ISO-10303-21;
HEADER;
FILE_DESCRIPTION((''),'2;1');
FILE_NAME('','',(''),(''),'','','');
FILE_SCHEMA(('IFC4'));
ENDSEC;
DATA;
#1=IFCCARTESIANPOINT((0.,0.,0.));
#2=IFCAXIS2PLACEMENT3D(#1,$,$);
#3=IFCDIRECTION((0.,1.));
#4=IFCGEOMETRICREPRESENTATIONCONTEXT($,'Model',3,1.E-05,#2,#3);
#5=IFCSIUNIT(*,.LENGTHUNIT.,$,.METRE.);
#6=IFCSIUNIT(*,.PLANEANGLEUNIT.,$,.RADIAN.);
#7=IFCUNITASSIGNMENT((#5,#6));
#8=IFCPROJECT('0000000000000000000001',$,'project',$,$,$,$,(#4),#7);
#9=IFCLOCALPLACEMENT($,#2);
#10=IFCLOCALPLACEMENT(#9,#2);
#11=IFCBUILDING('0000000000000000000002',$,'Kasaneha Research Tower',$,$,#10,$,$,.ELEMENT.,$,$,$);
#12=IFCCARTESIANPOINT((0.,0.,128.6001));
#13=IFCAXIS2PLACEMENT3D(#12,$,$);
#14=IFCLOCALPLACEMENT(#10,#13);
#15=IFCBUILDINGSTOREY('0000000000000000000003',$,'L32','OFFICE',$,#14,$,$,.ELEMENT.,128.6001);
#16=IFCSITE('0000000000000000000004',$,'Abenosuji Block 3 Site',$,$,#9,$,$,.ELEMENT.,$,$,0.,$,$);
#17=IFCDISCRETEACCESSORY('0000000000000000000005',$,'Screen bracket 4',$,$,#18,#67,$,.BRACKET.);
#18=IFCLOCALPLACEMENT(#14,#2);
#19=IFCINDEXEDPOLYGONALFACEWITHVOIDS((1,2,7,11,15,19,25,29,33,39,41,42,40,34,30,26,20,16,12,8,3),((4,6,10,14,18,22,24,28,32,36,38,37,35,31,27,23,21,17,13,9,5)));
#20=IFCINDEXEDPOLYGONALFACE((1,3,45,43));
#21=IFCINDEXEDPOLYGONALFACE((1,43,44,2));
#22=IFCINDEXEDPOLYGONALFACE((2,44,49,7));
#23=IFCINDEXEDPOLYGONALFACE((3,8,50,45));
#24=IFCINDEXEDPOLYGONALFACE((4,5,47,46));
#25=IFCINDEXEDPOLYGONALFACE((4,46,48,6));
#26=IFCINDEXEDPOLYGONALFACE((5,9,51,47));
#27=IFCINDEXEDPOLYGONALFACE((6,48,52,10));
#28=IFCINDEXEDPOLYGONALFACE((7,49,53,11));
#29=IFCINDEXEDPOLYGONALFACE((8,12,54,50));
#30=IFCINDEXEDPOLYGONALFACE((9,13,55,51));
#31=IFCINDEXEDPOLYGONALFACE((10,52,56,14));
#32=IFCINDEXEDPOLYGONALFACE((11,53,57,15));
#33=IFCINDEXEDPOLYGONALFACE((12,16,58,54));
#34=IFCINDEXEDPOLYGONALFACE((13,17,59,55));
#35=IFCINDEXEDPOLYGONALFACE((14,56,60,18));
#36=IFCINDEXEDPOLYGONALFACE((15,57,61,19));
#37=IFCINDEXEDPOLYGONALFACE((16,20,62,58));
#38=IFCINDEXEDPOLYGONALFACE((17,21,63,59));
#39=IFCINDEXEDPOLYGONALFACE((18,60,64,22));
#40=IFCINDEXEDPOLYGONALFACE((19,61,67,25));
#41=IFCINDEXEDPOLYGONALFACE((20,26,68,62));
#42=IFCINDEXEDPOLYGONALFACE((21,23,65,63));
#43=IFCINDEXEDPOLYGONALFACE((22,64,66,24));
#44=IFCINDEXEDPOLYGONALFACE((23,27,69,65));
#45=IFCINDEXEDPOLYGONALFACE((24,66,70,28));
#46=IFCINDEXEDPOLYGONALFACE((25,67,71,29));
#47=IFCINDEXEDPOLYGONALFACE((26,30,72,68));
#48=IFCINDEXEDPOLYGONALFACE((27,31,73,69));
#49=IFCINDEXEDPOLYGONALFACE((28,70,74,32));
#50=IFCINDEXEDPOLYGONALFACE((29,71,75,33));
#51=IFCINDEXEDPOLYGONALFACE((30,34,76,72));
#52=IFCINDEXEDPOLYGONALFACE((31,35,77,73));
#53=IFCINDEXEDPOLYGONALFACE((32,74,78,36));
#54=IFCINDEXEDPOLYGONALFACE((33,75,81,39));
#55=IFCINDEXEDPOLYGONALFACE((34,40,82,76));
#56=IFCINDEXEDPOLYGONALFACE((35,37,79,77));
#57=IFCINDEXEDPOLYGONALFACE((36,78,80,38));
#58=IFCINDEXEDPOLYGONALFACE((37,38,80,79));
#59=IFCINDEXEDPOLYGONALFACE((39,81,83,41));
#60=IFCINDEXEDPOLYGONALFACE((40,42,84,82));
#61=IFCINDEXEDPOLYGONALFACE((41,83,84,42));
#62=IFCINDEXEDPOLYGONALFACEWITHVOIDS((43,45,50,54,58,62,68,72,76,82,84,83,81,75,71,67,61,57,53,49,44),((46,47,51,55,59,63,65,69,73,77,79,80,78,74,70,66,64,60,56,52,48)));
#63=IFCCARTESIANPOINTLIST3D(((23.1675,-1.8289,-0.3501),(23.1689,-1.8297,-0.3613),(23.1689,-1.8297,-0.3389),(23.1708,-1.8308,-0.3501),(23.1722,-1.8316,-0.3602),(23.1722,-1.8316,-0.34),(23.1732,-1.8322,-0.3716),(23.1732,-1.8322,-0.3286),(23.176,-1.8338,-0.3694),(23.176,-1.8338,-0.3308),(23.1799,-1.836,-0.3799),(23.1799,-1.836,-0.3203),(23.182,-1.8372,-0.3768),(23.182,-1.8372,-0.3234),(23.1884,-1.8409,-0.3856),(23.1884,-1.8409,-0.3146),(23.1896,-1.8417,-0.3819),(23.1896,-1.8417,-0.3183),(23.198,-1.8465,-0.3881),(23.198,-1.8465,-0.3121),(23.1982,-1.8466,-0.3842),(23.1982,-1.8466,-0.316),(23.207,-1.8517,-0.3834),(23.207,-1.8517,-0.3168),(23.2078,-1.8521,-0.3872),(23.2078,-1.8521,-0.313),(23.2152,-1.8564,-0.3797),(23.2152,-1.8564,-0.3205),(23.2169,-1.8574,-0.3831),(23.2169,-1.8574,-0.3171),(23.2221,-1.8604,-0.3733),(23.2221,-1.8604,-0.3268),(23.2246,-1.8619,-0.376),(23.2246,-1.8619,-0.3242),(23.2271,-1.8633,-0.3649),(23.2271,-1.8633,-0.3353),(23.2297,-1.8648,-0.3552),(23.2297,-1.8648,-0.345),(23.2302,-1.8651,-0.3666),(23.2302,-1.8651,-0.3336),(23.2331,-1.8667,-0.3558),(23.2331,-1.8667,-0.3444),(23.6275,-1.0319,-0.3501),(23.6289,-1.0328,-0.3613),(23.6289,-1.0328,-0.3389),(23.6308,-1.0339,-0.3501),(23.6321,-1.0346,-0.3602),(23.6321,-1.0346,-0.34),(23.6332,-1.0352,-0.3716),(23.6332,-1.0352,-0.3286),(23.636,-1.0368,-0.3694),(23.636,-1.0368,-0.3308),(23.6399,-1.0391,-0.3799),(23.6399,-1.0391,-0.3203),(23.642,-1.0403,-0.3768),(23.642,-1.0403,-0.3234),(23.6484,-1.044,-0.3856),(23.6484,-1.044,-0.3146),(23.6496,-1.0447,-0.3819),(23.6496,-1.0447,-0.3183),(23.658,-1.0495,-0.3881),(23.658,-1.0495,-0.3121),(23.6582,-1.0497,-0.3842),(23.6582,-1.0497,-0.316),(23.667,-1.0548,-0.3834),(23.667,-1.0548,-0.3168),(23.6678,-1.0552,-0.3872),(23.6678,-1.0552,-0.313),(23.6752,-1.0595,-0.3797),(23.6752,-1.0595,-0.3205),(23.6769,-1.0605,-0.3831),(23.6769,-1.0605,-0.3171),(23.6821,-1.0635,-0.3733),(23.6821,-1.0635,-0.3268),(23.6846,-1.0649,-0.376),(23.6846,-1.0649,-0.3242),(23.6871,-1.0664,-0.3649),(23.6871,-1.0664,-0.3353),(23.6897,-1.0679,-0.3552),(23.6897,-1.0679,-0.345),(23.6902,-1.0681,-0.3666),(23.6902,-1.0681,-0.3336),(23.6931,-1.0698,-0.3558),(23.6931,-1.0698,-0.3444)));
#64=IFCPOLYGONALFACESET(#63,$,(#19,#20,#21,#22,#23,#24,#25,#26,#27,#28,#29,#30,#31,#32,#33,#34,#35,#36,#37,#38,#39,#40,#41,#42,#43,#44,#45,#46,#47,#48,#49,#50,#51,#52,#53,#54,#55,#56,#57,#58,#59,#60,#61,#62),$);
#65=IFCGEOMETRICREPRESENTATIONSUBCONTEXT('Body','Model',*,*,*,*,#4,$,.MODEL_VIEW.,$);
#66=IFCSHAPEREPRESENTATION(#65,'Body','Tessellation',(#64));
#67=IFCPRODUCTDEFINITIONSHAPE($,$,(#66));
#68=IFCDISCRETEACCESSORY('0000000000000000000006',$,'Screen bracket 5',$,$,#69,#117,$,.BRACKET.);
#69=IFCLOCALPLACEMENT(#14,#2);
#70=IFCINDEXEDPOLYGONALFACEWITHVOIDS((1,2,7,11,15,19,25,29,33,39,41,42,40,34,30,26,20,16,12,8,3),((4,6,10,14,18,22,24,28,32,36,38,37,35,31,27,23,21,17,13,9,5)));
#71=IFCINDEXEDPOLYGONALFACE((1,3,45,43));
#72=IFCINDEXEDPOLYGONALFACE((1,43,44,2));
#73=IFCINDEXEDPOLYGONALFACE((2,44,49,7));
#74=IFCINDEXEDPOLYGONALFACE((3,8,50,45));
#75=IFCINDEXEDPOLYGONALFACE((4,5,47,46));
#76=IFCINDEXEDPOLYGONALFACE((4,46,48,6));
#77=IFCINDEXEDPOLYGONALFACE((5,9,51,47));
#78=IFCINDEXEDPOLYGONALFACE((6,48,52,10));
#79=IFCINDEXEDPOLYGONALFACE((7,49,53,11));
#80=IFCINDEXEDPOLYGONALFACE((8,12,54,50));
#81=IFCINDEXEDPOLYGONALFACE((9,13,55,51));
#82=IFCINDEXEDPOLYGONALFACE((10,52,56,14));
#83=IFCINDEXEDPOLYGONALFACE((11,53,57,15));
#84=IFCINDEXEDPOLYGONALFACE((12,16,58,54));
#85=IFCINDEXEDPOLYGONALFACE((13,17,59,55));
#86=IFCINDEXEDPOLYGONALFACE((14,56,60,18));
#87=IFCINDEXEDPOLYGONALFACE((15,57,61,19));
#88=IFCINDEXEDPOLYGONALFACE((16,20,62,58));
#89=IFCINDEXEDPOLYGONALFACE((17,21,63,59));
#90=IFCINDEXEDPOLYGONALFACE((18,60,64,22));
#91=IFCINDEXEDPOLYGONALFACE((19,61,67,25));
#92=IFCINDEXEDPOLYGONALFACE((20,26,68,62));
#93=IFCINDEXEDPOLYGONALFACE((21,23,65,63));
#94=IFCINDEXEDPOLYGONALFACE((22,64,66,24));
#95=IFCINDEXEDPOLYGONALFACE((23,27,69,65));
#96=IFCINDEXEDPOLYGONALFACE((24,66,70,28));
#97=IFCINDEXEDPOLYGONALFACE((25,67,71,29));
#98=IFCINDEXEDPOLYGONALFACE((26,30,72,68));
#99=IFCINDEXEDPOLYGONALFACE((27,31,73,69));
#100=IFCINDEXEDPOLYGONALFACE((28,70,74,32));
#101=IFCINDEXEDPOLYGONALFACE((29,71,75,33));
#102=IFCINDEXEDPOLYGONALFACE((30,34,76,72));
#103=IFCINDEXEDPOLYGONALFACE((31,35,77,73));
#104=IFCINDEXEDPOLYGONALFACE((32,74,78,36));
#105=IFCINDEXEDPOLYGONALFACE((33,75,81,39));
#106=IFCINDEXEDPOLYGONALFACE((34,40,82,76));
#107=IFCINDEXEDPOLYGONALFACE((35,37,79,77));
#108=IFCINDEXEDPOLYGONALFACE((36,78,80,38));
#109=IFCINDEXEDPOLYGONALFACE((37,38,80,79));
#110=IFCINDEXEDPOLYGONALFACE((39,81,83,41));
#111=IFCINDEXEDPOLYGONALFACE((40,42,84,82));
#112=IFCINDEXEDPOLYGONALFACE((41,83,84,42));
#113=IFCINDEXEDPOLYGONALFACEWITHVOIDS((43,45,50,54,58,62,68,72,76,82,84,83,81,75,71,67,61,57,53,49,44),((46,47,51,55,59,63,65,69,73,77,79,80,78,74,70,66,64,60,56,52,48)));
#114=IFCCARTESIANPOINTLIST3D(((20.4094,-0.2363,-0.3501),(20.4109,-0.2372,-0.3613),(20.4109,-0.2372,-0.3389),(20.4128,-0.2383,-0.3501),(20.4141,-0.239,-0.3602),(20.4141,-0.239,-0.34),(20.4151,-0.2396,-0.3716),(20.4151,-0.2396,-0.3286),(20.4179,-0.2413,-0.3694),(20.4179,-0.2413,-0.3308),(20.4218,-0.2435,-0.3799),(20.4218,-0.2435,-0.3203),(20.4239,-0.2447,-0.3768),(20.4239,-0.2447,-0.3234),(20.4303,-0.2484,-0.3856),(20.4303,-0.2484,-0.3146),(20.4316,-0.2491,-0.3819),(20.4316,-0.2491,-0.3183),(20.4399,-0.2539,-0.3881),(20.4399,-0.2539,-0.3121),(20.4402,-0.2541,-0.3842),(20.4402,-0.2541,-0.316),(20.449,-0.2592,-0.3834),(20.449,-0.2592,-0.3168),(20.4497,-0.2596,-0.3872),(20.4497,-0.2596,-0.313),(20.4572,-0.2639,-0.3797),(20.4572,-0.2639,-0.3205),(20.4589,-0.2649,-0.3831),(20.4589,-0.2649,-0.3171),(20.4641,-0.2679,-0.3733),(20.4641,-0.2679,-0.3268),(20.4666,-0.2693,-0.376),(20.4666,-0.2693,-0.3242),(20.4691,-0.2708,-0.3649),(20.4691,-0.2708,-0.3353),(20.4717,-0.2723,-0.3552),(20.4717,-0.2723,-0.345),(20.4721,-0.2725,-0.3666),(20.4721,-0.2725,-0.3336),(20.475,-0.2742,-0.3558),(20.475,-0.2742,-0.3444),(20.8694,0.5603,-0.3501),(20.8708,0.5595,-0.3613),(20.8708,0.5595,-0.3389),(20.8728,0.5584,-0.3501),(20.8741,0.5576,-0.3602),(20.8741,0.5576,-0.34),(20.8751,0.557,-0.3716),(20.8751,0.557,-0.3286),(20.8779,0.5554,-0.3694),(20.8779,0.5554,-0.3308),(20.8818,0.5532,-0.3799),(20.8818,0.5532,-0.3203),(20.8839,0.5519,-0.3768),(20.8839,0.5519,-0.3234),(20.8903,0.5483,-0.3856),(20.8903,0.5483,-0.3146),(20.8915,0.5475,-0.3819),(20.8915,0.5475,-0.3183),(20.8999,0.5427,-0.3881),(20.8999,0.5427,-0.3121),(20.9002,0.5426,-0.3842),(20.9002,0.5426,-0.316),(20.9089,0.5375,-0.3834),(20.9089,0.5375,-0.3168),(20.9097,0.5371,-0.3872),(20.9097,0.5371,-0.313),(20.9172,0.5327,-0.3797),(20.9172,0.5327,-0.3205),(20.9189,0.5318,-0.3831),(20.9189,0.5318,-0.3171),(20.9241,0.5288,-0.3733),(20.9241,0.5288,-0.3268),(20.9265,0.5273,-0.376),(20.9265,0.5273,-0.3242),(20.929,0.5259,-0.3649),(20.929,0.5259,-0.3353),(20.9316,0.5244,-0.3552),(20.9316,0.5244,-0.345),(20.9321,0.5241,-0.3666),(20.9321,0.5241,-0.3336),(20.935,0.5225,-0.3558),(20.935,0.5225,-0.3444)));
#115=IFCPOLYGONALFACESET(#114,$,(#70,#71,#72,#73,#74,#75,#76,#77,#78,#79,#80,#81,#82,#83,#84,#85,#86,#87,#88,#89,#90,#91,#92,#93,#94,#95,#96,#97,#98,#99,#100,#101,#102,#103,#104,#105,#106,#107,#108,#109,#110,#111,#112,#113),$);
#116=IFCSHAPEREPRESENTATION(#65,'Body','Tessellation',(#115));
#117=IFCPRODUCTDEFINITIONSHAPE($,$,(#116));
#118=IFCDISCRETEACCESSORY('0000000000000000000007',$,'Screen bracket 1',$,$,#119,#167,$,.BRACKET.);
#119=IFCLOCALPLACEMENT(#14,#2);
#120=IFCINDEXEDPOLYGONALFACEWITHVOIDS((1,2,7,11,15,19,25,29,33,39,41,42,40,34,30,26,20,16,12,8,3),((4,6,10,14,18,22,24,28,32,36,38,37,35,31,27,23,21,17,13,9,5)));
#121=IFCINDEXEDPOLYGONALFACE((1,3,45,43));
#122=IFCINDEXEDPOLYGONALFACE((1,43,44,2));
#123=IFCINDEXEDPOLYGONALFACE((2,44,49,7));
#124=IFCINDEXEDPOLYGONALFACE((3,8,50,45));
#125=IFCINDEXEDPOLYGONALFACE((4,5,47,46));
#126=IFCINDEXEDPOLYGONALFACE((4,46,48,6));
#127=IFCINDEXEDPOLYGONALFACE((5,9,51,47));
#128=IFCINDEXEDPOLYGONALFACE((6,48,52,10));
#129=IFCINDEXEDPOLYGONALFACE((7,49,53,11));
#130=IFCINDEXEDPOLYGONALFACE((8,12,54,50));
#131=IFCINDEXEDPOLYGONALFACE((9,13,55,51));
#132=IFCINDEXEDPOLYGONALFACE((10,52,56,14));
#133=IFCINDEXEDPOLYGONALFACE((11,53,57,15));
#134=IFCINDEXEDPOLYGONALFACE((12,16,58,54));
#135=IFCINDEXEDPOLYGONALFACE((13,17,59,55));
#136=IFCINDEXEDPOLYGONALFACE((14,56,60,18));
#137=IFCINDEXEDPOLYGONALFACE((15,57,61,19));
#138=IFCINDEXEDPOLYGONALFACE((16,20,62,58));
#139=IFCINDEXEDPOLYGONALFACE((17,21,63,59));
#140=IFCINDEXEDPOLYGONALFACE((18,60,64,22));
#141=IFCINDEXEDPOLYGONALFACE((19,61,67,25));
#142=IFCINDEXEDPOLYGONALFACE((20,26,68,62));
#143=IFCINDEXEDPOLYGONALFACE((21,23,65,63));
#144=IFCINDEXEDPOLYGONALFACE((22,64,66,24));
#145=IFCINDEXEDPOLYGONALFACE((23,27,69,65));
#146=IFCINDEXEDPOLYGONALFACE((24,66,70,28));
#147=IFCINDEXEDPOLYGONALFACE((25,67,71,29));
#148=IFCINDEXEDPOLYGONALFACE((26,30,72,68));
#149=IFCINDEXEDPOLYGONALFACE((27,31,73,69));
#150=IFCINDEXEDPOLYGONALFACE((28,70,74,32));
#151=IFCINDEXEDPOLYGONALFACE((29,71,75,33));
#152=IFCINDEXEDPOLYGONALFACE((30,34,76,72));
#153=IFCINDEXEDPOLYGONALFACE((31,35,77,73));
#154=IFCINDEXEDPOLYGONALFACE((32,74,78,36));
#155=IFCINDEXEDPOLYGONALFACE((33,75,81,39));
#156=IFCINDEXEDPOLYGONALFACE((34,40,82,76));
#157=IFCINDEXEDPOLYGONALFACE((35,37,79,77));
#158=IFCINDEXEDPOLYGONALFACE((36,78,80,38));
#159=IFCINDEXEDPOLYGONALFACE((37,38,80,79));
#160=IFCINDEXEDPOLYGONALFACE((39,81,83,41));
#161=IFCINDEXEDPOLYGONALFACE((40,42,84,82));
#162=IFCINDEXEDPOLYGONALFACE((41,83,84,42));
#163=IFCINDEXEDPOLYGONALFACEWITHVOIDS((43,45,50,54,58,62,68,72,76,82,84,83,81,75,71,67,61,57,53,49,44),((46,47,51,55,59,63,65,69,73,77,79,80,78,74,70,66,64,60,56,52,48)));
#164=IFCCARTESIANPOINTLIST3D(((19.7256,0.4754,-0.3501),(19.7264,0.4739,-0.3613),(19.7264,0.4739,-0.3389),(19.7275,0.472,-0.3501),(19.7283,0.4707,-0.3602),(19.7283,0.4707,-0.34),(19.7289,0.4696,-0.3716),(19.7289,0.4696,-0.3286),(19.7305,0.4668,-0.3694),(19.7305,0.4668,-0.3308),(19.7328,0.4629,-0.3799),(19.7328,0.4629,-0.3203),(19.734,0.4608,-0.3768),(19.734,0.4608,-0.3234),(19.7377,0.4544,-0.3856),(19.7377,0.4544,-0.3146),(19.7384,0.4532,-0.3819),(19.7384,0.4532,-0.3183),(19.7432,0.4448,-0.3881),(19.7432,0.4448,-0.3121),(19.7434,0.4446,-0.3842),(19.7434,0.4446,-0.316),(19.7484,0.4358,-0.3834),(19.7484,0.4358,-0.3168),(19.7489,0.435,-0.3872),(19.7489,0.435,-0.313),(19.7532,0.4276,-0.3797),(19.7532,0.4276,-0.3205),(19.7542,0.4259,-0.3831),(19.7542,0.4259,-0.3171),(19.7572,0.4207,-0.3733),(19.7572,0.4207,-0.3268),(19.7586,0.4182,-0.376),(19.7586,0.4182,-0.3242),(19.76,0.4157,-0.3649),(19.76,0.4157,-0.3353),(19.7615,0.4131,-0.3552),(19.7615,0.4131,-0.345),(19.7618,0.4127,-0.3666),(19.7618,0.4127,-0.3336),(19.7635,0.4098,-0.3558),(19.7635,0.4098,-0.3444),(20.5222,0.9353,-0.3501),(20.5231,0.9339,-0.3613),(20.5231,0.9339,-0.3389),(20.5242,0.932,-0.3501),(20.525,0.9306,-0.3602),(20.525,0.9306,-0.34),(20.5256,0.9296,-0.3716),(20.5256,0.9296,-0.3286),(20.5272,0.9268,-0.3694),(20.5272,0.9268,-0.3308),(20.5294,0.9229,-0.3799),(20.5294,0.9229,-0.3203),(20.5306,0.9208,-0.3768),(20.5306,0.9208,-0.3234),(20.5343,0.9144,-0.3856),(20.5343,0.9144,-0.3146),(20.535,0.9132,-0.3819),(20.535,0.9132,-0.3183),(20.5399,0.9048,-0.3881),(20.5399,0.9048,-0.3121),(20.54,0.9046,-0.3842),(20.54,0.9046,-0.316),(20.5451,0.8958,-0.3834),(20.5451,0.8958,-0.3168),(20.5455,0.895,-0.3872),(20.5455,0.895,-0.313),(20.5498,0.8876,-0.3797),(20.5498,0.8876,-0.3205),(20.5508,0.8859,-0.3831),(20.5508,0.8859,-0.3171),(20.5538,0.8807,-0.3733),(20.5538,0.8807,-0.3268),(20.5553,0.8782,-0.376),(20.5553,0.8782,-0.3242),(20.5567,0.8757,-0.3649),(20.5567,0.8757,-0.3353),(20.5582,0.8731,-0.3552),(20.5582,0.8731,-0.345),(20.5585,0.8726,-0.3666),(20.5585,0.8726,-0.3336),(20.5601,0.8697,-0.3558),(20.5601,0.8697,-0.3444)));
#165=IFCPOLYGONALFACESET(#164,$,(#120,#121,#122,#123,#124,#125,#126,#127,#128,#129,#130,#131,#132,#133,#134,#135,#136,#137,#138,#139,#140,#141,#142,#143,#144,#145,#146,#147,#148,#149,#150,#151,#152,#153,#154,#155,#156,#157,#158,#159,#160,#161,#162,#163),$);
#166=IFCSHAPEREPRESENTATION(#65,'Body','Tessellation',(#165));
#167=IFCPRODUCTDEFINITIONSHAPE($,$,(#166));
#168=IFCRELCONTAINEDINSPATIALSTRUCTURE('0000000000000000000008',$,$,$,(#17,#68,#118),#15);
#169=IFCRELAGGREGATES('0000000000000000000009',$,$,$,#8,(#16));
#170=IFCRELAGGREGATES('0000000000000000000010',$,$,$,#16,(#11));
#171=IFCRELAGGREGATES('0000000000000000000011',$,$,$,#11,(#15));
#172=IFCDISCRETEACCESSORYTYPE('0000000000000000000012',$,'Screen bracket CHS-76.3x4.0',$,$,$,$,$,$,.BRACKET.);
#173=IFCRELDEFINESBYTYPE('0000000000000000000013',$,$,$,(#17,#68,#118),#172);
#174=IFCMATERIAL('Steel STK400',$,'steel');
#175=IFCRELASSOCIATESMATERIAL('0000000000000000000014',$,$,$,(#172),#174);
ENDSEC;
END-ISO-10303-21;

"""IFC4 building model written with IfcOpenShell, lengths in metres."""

from ifc_helpers import new_model, si_unit, direction, frame, origin, origin_2d, place, context, subcontext, project, spatial, hollow_circle, extrude, material, material_profile, profile_set, type_object, element, save


model = new_model("IFC4")

# Units and contexts
model_context = context("Model", 3, precision=1e-05, world=origin(), true_north=direction((0.0, 1.0)))
body_context = subcontext(model_context, "Body", "Model", "MODEL_VIEW")
ifc_project = project(units=[si_unit("LENGTHUNIT", "METRE"), si_unit("PLANEANGLEUNIT", "RADIAN")], contexts=[model_context])

# Site, building, storey
site_placement = place(None, origin())
site = spatial("IfcSite", under=ifc_project, at=site_placement, Name="Abenosuji Block 3 Site", CompositionType="ELEMENT", RefElevation=0.0)
building_placement = place(site_placement, origin())
building = spatial("IfcBuilding", under=site, at=building_placement, Name="Kasaneha Research Tower", CompositionType="ELEMENT")
storey_placement = place(building_placement, frame((0.0, 0.0, 128.6001)))
storey = spatial("IfcBuildingStorey", under=building, at=storey_placement, Name="L32", Description="OFFICE", CompositionType="ELEMENT", Elevation=128.6001)

# Discrete accessories
ifc_material_1 = material(Name="Steel STK400", Category="steel")
ifc_material_profile_1 = material_profile(ifc_material_1, hollow_circle(Radius=0.0381, WallThickness=0.0039, at=origin_2d()), Name="CHS-76.3x4.0")
ifc_profile_set_1 = profile_set([ifc_material_profile_1], Name="Steel STK400")
discrete_accessory_type = type_object("IfcDiscreteAccessoryType", Name="Screen bracket CHS-76.3x4.0", PredefinedType="BRACKET", material=ifc_profile_set_1)
discrete_accessory_placement = place(storey_placement, frame((23.2004, -1.8479, -0.3501), z_axis=(0.499906, 0.86608, 0.0), x_axis=(-0.86608, 0.499906, 0.0)))
element("IfcDiscreteAccessory", 1, at=discrete_accessory_placement, inside=storey, type_object=discrete_accessory_type, Name="Screen bracket 4", PredefinedType="BRACKET", context=body_context, shape_type="SweptSolid", body=[
    extrude(hollow_circle(Radius=0.0381, WallThickness=0.0039, at=origin_2d()), origin(), (0.0, 0.0, 1.0), 0.9202),
])
for number, where, z_axis, x_axis, name in (
    (2, (20.4424, -0.2554, -0.3501), (0.500021, 0.866013, 0.0), (-0.866013, 0.500021, 0.0), "Screen bracket 5"),
    (3, (19.7446, 0.4424, -0.3501), (0.866013, 0.500021, 0.0), (-0.500021, 0.866013, 0.0), "Screen bracket 1"),
):
    element("IfcDiscreteAccessory", number, at=place(storey_placement, frame(where, z_axis=z_axis, x_axis=x_axis)), inside=storey, type_object=discrete_accessory_type, Name=name, PredefinedType="BRACKET", context=body_context, shape_type="SweptSolid", body=[
        extrude(hollow_circle(Radius=0.0381, WallThickness=0.0039, at=origin_2d()), origin(), (0.0, 0.0, 1.0), 0.9199),
    ])

save(model, "model.ifc")
